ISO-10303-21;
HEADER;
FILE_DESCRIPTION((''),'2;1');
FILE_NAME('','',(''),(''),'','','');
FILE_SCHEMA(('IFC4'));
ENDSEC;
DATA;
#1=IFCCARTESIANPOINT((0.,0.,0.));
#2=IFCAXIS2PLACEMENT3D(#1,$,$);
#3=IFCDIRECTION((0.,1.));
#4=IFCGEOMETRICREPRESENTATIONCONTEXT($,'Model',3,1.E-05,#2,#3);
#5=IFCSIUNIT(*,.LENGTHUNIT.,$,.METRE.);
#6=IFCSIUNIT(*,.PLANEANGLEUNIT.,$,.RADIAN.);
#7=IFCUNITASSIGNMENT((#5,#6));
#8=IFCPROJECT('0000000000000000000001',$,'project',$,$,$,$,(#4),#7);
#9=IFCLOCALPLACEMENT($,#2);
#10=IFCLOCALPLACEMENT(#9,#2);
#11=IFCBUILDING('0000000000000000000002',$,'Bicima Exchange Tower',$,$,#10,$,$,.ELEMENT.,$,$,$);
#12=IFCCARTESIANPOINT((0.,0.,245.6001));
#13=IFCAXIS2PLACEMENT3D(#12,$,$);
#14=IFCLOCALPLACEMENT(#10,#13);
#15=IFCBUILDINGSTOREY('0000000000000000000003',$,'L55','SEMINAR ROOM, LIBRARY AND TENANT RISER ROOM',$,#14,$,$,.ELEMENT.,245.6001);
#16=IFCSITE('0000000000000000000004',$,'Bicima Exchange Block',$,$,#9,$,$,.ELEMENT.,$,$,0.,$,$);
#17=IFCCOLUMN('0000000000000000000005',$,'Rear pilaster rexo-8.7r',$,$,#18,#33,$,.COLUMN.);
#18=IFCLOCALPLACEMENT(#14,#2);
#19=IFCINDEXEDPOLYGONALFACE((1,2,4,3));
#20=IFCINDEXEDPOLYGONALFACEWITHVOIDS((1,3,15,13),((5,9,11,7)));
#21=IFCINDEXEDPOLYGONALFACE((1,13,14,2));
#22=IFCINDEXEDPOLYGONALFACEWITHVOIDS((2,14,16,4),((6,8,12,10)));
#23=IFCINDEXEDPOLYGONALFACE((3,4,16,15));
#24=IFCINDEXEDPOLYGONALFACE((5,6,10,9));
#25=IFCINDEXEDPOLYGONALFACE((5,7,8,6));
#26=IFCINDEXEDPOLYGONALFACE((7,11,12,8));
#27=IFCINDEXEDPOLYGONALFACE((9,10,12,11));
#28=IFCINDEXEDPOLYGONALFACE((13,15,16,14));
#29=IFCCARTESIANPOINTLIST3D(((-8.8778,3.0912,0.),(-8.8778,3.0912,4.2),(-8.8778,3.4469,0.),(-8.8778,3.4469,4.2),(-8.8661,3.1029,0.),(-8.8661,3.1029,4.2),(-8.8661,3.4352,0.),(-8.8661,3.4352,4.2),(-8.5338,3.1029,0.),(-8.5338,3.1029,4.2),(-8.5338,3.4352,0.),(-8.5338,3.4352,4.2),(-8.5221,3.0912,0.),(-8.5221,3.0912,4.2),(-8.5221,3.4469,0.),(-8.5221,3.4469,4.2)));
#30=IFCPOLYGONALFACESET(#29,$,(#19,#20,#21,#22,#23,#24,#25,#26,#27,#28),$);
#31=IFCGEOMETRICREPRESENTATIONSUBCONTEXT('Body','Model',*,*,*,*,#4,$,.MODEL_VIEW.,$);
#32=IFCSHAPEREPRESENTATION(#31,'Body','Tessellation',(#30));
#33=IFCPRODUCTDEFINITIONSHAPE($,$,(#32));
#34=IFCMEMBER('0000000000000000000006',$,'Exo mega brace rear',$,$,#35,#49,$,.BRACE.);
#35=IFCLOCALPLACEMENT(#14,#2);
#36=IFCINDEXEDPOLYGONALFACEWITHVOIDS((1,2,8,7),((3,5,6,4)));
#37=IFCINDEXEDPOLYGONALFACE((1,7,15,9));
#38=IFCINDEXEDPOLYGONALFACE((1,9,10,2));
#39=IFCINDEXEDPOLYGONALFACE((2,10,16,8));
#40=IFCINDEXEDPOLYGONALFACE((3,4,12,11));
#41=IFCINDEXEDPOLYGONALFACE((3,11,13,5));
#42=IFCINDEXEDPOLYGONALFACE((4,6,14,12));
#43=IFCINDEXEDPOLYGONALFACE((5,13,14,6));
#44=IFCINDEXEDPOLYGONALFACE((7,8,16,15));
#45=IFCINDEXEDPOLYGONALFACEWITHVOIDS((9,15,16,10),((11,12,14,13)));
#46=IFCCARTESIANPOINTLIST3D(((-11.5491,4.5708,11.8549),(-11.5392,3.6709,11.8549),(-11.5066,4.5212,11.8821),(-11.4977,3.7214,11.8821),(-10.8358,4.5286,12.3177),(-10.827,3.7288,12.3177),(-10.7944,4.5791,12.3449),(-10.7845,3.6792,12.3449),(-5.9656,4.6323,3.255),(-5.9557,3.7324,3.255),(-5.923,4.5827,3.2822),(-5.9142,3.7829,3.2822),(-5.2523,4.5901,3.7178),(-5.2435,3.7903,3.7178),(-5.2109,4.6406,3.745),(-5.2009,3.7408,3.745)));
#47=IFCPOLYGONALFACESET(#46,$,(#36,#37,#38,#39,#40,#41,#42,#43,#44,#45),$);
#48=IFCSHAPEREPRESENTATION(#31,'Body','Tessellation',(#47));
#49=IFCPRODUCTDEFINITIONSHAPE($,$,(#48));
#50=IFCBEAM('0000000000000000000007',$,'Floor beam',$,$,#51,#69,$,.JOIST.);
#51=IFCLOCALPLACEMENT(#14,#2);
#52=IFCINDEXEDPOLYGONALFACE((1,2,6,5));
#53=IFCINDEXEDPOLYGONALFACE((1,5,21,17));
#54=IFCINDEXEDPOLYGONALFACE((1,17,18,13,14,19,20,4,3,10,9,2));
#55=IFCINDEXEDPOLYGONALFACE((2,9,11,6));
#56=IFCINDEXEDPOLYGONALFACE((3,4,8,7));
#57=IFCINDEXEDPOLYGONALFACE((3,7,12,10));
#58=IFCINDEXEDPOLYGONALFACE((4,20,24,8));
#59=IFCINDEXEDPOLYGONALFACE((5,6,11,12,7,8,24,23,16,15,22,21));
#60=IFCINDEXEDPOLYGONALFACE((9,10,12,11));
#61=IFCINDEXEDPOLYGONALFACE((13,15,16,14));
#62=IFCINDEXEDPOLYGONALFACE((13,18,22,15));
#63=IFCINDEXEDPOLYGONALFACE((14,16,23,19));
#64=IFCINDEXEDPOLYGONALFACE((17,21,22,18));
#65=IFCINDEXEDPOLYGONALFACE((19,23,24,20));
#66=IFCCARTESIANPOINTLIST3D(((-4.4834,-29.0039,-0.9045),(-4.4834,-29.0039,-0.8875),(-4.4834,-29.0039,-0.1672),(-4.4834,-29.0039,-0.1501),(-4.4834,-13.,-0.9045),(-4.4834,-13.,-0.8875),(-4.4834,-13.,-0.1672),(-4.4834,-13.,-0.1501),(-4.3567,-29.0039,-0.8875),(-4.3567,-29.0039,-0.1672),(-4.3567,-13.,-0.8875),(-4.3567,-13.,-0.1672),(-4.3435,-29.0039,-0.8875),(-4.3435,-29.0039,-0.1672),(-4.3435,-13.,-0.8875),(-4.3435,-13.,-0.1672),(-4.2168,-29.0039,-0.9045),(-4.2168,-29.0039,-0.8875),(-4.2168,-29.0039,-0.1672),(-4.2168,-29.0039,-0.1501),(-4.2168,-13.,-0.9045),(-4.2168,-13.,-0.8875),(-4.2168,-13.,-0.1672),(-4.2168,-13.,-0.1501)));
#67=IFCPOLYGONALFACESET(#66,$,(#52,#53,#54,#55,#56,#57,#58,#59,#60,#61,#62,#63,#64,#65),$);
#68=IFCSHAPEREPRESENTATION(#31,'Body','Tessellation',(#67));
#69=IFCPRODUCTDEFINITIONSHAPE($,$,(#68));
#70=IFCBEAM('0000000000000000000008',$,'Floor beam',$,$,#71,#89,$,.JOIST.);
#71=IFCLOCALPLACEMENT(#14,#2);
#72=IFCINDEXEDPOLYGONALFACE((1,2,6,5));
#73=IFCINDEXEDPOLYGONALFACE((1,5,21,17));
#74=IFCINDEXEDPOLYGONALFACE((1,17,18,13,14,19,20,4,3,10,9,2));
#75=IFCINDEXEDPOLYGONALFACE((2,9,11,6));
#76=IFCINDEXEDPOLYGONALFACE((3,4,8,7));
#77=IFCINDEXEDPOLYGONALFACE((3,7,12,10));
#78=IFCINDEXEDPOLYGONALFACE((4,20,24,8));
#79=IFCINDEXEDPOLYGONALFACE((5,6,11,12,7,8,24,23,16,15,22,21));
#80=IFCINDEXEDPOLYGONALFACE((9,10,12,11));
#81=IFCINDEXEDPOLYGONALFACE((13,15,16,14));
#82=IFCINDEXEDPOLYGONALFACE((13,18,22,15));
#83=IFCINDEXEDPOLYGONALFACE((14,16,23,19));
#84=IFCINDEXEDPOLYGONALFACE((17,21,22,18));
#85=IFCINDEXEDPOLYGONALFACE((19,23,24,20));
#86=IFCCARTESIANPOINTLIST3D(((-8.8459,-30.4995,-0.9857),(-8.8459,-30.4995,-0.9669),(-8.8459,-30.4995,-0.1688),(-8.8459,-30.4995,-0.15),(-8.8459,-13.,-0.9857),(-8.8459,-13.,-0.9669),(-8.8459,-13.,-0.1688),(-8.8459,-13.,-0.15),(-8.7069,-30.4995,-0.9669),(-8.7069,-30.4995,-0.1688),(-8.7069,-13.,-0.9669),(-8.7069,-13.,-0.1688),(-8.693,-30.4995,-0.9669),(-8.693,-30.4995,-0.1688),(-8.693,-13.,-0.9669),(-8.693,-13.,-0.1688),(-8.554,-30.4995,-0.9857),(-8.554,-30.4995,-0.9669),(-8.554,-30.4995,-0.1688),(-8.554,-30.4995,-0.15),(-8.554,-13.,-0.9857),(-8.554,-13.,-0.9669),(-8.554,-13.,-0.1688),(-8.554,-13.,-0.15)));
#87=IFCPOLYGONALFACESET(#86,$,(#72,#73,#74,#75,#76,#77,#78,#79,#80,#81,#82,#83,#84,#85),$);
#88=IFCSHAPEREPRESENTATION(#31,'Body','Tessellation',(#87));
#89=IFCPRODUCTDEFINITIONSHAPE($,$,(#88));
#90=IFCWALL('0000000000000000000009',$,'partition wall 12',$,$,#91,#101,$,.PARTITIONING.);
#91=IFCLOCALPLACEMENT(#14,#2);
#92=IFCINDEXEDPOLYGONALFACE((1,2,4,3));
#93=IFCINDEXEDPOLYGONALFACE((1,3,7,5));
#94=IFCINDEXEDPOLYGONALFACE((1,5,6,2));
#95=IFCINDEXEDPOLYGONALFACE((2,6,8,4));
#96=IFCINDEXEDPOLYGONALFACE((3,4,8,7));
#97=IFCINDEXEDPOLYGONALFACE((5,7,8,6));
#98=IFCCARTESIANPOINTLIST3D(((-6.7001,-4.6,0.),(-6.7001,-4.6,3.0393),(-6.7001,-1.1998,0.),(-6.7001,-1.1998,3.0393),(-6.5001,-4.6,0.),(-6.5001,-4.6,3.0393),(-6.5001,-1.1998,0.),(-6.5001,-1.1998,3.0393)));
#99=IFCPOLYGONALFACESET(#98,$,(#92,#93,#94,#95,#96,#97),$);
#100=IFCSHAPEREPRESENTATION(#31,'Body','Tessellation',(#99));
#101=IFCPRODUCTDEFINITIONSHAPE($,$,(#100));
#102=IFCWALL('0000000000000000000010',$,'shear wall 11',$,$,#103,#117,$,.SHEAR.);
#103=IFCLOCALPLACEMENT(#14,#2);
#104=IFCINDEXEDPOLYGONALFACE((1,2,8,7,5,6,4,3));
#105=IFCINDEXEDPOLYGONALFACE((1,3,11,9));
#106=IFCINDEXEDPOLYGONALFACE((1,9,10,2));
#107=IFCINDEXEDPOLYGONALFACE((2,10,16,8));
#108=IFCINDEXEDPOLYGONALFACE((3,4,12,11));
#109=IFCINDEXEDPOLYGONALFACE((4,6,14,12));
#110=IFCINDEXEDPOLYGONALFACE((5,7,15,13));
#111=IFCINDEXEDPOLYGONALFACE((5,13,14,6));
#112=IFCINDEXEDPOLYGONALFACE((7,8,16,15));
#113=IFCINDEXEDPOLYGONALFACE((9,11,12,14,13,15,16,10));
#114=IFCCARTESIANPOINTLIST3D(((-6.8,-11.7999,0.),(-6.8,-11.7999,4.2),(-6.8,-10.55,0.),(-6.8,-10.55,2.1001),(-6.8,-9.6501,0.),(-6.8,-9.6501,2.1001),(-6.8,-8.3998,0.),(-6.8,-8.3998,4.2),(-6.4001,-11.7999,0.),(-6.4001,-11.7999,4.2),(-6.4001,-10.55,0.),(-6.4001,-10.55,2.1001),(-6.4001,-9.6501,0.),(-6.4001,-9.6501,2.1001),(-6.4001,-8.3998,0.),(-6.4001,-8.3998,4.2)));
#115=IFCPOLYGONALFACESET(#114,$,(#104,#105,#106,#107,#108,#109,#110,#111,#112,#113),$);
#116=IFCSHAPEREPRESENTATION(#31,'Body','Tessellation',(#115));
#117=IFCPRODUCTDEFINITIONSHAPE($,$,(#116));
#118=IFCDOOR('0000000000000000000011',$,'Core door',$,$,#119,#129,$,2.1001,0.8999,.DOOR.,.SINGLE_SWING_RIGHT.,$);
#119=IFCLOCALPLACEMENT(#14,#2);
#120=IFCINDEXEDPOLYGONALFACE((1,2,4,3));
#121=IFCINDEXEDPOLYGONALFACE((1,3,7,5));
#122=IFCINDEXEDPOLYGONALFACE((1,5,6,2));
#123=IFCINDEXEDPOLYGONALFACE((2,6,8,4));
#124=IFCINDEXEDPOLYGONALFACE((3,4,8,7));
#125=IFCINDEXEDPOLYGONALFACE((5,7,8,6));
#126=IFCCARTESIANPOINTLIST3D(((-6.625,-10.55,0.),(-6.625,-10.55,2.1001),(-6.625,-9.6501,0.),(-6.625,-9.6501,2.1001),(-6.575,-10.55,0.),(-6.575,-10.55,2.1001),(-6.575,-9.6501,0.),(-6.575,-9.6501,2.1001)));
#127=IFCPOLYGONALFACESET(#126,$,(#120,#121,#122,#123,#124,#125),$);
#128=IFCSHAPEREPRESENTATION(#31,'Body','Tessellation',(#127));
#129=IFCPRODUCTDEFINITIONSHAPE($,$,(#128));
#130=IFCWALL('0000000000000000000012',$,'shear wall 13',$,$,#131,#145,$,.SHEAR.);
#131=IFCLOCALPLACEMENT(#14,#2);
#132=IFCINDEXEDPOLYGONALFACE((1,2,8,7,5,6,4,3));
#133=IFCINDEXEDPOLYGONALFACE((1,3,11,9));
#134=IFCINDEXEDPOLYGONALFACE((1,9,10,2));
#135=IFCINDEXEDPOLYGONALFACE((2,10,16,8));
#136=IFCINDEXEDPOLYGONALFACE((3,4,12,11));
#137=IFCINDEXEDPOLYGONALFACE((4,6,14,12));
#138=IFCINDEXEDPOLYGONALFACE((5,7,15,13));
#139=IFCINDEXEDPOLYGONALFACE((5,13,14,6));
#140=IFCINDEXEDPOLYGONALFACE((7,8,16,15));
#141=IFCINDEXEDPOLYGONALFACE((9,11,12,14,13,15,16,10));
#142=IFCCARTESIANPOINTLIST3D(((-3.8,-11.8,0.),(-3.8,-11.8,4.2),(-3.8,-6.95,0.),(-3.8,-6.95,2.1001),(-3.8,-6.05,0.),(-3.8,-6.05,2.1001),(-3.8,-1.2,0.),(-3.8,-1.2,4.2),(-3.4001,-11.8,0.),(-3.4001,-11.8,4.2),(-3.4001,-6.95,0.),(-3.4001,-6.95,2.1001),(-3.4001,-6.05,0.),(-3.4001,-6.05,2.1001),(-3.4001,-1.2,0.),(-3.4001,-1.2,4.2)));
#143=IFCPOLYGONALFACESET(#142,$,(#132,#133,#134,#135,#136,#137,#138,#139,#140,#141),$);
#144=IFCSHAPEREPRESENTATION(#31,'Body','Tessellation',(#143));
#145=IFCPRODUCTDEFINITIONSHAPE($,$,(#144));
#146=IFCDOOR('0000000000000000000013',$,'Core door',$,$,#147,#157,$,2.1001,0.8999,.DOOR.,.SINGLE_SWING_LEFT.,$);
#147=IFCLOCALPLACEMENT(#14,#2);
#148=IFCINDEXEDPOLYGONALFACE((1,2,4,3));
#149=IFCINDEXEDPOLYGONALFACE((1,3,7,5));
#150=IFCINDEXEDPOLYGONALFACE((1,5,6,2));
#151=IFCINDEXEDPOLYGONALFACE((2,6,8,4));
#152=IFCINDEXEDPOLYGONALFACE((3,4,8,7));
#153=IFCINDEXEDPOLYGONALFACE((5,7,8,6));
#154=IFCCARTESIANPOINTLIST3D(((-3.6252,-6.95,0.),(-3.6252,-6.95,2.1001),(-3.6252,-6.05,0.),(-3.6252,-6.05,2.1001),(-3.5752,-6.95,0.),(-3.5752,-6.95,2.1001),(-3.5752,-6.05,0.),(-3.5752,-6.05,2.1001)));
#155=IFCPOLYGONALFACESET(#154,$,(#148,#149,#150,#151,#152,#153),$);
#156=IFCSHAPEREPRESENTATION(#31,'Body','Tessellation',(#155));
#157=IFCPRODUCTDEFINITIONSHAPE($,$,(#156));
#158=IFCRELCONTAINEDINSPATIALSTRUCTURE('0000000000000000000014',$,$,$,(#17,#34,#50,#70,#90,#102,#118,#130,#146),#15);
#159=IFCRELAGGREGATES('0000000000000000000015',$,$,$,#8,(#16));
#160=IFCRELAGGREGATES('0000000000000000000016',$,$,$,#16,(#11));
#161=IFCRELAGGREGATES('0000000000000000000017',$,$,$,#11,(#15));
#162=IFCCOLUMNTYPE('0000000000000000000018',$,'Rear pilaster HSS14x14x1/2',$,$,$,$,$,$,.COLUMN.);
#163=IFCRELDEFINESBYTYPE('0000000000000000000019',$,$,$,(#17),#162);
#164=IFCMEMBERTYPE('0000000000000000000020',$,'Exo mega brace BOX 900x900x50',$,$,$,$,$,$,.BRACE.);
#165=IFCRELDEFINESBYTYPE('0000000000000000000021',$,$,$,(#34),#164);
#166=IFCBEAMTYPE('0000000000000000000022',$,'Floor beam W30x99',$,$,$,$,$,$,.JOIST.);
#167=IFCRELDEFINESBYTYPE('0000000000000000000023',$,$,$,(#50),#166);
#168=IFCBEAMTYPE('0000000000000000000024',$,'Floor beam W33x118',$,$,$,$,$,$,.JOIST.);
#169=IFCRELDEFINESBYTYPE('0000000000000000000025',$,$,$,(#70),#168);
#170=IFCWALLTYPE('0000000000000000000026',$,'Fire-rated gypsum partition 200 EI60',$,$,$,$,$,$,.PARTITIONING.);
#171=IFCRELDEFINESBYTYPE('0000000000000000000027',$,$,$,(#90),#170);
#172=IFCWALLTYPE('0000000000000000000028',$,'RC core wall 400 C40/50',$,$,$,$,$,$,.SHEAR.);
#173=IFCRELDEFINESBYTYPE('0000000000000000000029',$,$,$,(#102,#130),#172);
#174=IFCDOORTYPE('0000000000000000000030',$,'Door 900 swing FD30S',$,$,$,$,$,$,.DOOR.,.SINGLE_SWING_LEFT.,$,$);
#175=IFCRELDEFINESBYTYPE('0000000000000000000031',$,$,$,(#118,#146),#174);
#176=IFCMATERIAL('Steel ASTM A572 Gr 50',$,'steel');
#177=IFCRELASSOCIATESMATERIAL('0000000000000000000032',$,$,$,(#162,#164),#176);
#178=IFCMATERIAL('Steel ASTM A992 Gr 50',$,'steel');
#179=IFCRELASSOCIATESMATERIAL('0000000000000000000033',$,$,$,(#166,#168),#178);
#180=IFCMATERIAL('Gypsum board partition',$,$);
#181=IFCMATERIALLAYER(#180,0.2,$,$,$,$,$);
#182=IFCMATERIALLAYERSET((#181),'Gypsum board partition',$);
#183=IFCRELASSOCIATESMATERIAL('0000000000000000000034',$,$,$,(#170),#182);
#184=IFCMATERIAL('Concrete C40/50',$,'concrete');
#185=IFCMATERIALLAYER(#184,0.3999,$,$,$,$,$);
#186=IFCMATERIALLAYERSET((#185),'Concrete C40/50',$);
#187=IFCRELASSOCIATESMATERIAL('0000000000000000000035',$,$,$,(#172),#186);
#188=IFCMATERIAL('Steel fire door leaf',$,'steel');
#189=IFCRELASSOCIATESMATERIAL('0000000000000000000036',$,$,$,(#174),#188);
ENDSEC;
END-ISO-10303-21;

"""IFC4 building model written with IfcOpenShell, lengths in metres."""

from ifc_helpers import new_model, si_unit, direction, frame, frame_2d, origin, origin_2d, place, context, subcontext, project, spatial, rectangle, hollow_rectangle, i_section, extrude, material, layer, layer_set, material_profile, profile_set, type_object, element, fill, save


model = new_model("IFC4")

# Units and contexts
model_context = context("Model", 3, precision=1e-05, world=origin(), true_north=direction((0.0, 1.0)))
body_context = subcontext(model_context, "Body", "Model", "MODEL_VIEW")
ifc_project = project(units=[si_unit("LENGTHUNIT", "METRE"), si_unit("PLANEANGLEUNIT", "RADIAN")], contexts=[model_context])

# Site, building, storey
site_placement = place(None, origin())
site = spatial("IfcSite", under=ifc_project, at=site_placement, Name="Bicima Exchange Block", CompositionType="ELEMENT", RefElevation=0.0)
building_placement = place(site_placement, origin())
building = spatial("IfcBuilding", under=site, at=building_placement, Name="Bicima Exchange Tower", CompositionType="ELEMENT")
storey_placement = place(building_placement, frame((0.0, 0.0, 245.6001)))
storey = spatial("IfcBuildingStorey", under=building, at=storey_placement, Name="L55", Description="SEMINAR ROOM, LIBRARY AND TENANT RISER ROOM", CompositionType="ELEMENT", Elevation=245.6001)

# Column
ifc_material_1 = material(Name="Steel ASTM A572 Gr 50", Category="steel")
ifc_material_profile_1 = material_profile(ifc_material_1, hollow_rectangle(XDim=0.3557, YDim=0.3557, WallThickness=0.0117, at=origin_2d()))
ifc_profile_set_1 = profile_set([ifc_material_profile_1], Name="Steel ASTM A572 Gr 50")
column_type = type_object("IfcColumnType", Name="Rear pilaster HSS14x14x1/2", PredefinedType="COLUMN", material=ifc_profile_set_1)
column_placement = place(storey_placement, frame((-8.7, 3.269, 0.0), z_axis=(0.0, 0.0, 1.0), x_axis=(1.0, 0.0, 0.0)))
element("IfcColumn", 1, at=column_placement, inside=storey, type_object=column_type, Name="Rear pilaster rexo-8.7r", PredefinedType="COLUMN", context=body_context, shape_type="SweptSolid", body=[
    extrude(hollow_rectangle(XDim=0.3557, YDim=0.3557, WallThickness=0.0117, at=origin_2d()), origin(), (0.0, 0.0, 1.0), 4.2),
])

# Member
ifc_material_profile_2 = material_profile(ifc_material_1, hollow_rectangle(XDim=0.8999, YDim=0.8999, WallThickness=0.05, at=origin_2d()))
ifc_profile_set_2 = profile_set([ifc_material_profile_2], Name="Steel ASTM A572 Gr 50")
member_type = type_object("IfcMemberType", Name="Exo mega brace BOX 900x900x50", PredefinedType="BRACE", material=ifc_profile_set_2)
member_placement = place(storey_placement, frame((-5.5833, 4.1865, 3.5), z_axis=(-0.544539, -0.006, 0.838714), x_axis=(0.011018, -0.999939, 0.0)))
element("IfcMember", 2, at=member_placement, inside=storey, type_object=member_type, Name="Exo mega brace rear", PredefinedType="BRACE", context=body_context, shape_type="SweptSolid", body=[
    extrude(hollow_rectangle(XDim=0.8999, YDim=0.8999, WallThickness=0.05, at=origin_2d()), origin(), (0.0, 0.0, 1.0), 10.2537),
])

# Beams
ifc_material_2 = material(Name="Steel ASTM A992 Gr 50", Category="steel")
ifc_material_profile_3 = material_profile(ifc_material_2, i_section(OverallWidth=0.2666, OverallDepth=0.7544, WebThickness=0.0132, FlangeThickness=0.0171, at=origin_2d()))
ifc_profile_set_3 = profile_set([ifc_material_profile_3], Name="Steel ASTM A992 Gr 50")
beam_type_1 = type_object("IfcBeamType", Name="Floor beam W30x99", PredefinedType="JOIST", material=ifc_profile_set_3)
beam_1_placement = place(storey_placement, frame((-4.3501, -13.0, -0.5273), z_axis=(0.0, -1.0, 0.0), x_axis=(1.0, 0.0, 0.0)))
element("IfcBeam", 3, at=beam_1_placement, inside=storey, type_object=beam_type_1, Name="Floor beam", PredefinedType="JOIST", context=body_context, shape_type="SweptSolid", body=[
    extrude(i_section(OverallWidth=0.2666, OverallDepth=0.7544, WebThickness=0.0132, FlangeThickness=0.0171, at=origin_2d()), origin(), (0.0, 0.0, 1.0), 16.0039),
])
ifc_material_profile_4 = material_profile(ifc_material_2, i_section(OverallWidth=0.292, OverallDepth=0.8357, WebThickness=0.0139, FlangeThickness=0.0188, at=origin_2d()))
ifc_profile_set_4 = profile_set([ifc_material_profile_4], Name="Steel ASTM A992 Gr 50")
beam_type_2 = type_object("IfcBeamType", Name="Floor beam W33x118", PredefinedType="JOIST", material=ifc_profile_set_4)
beam_2_placement = place(storey_placement, frame((-8.7, -13.0, -0.5679), z_axis=(0.0, -1.0, 0.0), x_axis=(1.0, 0.0, 0.0)))
element("IfcBeam", 4, at=beam_2_placement, inside=storey, type_object=beam_type_2, Name="Floor beam", PredefinedType="JOIST", context=body_context, shape_type="SweptSolid", body=[
    extrude(i_section(OverallWidth=0.292, OverallDepth=0.8357, WebThickness=0.0139, FlangeThickness=0.0188, at=origin_2d()), origin(), (0.0, 0.0, 1.0), 17.4995),
])

# Wall
ifc_material_3 = material(Name="Gypsum board partition")
ifc_layer_1 = layer(ifc_material_3, 0.2)
ifc_layer_set_1 = layer_set([ifc_layer_1], Name="Gypsum board partition")
wall_type_1 = type_object("IfcWallType", Name="Fire-rated gypsum partition 200 EI60", PredefinedType="PARTITIONING", material=ifc_layer_set_1)
wall_1_placement = place(storey_placement, frame((-6.6001, -4.6001, 0.0), z_axis=(0.0, 0.0, 1.0), x_axis=(0.0, 1.0, 0.0)))
element("IfcWall", 5, at=wall_1_placement, inside=storey, type_object=wall_type_1, Name="partition wall 12", PredefinedType="PARTITIONING", context=body_context, shape_type="SweptSolid", body=[
    extrude(rectangle(XDim=3.4001, YDim=0.2, at=frame_2d((1.7002, 0.0))), origin(), (0.0, 0.0, 1.0), 3.0393),
])

# Walls, openings, doors
ifc_material_4 = material(Name="Concrete C40/50", Category="concrete")
ifc_layer_2 = layer(ifc_material_4, 0.3999)
ifc_layer_set_2 = layer_set([ifc_layer_2], Name="Concrete C40/50")
wall_type_2 = type_object("IfcWallType", Name="RC core wall 400 C40/50", PredefinedType="SHEAR", material=ifc_layer_set_2)
wall_2_placement = place(storey_placement, frame((-6.6001, -11.8, 0.0), z_axis=(0.0, 0.0, 1.0), x_axis=(0.0, 1.0, 0.0)))
wall_2 = element("IfcWall", 6, at=wall_2_placement, inside=storey, type_object=wall_type_2, Name="shear wall 11", PredefinedType="SHEAR", context=body_context, shape_type="SweptSolid", body=[
    extrude(rectangle(XDim=3.4001, YDim=0.3999, at=frame_2d((1.7002, 0.0))), origin(), (0.0, 0.0, 1.0), 4.2),
])
opening_1_placement = place(wall_2_placement, frame((1.25, 0.0, 0.0)))
opening_1 = element("IfcOpeningElement", 7, at=opening_1_placement, cuts=wall_2, PredefinedType="OPENING", context=body_context, shape_type="SweptSolid", body=[
    extrude(rectangle(XDim=0.8999, YDim=2.1001, at=frame_2d((0.45, 1.05))), frame((0.0, 0.2119, 0.0), z_axis=(0.0, -1.0, 0.0), x_axis=(1.0, 0.0, 0.0)), (0.0, 0.0, 1.0), 0.4238),
])
ifc_material_5 = material(Name="Steel fire door leaf", Category="steel")
door_type_1 = type_object("IfcDoorType", Name="Door 900 swing FD30S", OperationType="SINGLE_SWING_LEFT", PredefinedType="DOOR", material=ifc_material_5)
door_1_placement = place(opening_1_placement, origin())
door_1 = element("IfcDoor", 8, at=door_1_placement, inside=storey, type_object=door_type_1, Name="Core door", OperationType="SINGLE_SWING_RIGHT", OverallHeight=2.1001, OverallWidth=0.8999, PredefinedType="DOOR", context=body_context, shape_type="SweptSolid", body=[
    extrude(rectangle(XDim=0.8999, YDim=2.1001, at=frame_2d((0.45, 1.05))), frame((0.0, 0.0249, 0.0), z_axis=(0.0, -1.0, 0.0), x_axis=(1.0, 0.0, 0.0)), (0.0, 0.0, 1.0), 0.05),
])
fill(opening_1, door_1)
wall_3_placement = place(storey_placement, frame((-3.6001, -11.8, 0.0), z_axis=(0.0, 0.0, 1.0), x_axis=(0.0, 1.0, 0.0)))
wall_3 = element("IfcWall", 9, at=wall_3_placement, inside=storey, type_object=wall_type_2, Name="shear wall 13", PredefinedType="SHEAR", context=body_context, shape_type="SweptSolid", body=[
    extrude(rectangle(XDim=10.6001, YDim=0.3999, at=frame_2d((5.3, 0.0))), origin(), (0.0, 0.0, 1.0), 4.2),
])
opening_2_placement = place(wall_3_placement, frame((4.8501, 0.0, 0.0)))
opening_2 = element("IfcOpeningElement", 10, at=opening_2_placement, cuts=wall_3, PredefinedType="OPENING", context=body_context, shape_type="SweptSolid", body=[
    extrude(rectangle(XDim=0.8999, YDim=2.1001, at=frame_2d((0.45, 1.05))), frame((0.0, 0.2119, 0.0), z_axis=(0.0, -1.0, 0.0), x_axis=(1.0, 0.0, 0.0)), (0.0, 0.0, 1.0), 0.4238),
])
door_2_placement = place(opening_2_placement, frame((0.8999, 0.0, 0.0), z_axis=(0.0, 0.0, 1.0), x_axis=(-1.0, 0.0, 0.0)))
door_2 = element("IfcDoor", 11, at=door_2_placement, inside=storey, type_object=door_type_1, Name="Core door", OperationType="SINGLE_SWING_LEFT", OverallHeight=2.1001, OverallWidth=0.8999, PredefinedType="DOOR", context=body_context, shape_type="SweptSolid", body=[
    extrude(rectangle(XDim=0.8999, YDim=2.1001, at=frame_2d((0.45, 1.05))), frame((0.0, 0.0249, 0.0), z_axis=(0.0, -1.0, 0.0), x_axis=(1.0, 0.0, 0.0)), (0.0, 0.0, 1.0), 0.05),
])
fill(opening_2, door_2)

save(model, "model.ifc")
